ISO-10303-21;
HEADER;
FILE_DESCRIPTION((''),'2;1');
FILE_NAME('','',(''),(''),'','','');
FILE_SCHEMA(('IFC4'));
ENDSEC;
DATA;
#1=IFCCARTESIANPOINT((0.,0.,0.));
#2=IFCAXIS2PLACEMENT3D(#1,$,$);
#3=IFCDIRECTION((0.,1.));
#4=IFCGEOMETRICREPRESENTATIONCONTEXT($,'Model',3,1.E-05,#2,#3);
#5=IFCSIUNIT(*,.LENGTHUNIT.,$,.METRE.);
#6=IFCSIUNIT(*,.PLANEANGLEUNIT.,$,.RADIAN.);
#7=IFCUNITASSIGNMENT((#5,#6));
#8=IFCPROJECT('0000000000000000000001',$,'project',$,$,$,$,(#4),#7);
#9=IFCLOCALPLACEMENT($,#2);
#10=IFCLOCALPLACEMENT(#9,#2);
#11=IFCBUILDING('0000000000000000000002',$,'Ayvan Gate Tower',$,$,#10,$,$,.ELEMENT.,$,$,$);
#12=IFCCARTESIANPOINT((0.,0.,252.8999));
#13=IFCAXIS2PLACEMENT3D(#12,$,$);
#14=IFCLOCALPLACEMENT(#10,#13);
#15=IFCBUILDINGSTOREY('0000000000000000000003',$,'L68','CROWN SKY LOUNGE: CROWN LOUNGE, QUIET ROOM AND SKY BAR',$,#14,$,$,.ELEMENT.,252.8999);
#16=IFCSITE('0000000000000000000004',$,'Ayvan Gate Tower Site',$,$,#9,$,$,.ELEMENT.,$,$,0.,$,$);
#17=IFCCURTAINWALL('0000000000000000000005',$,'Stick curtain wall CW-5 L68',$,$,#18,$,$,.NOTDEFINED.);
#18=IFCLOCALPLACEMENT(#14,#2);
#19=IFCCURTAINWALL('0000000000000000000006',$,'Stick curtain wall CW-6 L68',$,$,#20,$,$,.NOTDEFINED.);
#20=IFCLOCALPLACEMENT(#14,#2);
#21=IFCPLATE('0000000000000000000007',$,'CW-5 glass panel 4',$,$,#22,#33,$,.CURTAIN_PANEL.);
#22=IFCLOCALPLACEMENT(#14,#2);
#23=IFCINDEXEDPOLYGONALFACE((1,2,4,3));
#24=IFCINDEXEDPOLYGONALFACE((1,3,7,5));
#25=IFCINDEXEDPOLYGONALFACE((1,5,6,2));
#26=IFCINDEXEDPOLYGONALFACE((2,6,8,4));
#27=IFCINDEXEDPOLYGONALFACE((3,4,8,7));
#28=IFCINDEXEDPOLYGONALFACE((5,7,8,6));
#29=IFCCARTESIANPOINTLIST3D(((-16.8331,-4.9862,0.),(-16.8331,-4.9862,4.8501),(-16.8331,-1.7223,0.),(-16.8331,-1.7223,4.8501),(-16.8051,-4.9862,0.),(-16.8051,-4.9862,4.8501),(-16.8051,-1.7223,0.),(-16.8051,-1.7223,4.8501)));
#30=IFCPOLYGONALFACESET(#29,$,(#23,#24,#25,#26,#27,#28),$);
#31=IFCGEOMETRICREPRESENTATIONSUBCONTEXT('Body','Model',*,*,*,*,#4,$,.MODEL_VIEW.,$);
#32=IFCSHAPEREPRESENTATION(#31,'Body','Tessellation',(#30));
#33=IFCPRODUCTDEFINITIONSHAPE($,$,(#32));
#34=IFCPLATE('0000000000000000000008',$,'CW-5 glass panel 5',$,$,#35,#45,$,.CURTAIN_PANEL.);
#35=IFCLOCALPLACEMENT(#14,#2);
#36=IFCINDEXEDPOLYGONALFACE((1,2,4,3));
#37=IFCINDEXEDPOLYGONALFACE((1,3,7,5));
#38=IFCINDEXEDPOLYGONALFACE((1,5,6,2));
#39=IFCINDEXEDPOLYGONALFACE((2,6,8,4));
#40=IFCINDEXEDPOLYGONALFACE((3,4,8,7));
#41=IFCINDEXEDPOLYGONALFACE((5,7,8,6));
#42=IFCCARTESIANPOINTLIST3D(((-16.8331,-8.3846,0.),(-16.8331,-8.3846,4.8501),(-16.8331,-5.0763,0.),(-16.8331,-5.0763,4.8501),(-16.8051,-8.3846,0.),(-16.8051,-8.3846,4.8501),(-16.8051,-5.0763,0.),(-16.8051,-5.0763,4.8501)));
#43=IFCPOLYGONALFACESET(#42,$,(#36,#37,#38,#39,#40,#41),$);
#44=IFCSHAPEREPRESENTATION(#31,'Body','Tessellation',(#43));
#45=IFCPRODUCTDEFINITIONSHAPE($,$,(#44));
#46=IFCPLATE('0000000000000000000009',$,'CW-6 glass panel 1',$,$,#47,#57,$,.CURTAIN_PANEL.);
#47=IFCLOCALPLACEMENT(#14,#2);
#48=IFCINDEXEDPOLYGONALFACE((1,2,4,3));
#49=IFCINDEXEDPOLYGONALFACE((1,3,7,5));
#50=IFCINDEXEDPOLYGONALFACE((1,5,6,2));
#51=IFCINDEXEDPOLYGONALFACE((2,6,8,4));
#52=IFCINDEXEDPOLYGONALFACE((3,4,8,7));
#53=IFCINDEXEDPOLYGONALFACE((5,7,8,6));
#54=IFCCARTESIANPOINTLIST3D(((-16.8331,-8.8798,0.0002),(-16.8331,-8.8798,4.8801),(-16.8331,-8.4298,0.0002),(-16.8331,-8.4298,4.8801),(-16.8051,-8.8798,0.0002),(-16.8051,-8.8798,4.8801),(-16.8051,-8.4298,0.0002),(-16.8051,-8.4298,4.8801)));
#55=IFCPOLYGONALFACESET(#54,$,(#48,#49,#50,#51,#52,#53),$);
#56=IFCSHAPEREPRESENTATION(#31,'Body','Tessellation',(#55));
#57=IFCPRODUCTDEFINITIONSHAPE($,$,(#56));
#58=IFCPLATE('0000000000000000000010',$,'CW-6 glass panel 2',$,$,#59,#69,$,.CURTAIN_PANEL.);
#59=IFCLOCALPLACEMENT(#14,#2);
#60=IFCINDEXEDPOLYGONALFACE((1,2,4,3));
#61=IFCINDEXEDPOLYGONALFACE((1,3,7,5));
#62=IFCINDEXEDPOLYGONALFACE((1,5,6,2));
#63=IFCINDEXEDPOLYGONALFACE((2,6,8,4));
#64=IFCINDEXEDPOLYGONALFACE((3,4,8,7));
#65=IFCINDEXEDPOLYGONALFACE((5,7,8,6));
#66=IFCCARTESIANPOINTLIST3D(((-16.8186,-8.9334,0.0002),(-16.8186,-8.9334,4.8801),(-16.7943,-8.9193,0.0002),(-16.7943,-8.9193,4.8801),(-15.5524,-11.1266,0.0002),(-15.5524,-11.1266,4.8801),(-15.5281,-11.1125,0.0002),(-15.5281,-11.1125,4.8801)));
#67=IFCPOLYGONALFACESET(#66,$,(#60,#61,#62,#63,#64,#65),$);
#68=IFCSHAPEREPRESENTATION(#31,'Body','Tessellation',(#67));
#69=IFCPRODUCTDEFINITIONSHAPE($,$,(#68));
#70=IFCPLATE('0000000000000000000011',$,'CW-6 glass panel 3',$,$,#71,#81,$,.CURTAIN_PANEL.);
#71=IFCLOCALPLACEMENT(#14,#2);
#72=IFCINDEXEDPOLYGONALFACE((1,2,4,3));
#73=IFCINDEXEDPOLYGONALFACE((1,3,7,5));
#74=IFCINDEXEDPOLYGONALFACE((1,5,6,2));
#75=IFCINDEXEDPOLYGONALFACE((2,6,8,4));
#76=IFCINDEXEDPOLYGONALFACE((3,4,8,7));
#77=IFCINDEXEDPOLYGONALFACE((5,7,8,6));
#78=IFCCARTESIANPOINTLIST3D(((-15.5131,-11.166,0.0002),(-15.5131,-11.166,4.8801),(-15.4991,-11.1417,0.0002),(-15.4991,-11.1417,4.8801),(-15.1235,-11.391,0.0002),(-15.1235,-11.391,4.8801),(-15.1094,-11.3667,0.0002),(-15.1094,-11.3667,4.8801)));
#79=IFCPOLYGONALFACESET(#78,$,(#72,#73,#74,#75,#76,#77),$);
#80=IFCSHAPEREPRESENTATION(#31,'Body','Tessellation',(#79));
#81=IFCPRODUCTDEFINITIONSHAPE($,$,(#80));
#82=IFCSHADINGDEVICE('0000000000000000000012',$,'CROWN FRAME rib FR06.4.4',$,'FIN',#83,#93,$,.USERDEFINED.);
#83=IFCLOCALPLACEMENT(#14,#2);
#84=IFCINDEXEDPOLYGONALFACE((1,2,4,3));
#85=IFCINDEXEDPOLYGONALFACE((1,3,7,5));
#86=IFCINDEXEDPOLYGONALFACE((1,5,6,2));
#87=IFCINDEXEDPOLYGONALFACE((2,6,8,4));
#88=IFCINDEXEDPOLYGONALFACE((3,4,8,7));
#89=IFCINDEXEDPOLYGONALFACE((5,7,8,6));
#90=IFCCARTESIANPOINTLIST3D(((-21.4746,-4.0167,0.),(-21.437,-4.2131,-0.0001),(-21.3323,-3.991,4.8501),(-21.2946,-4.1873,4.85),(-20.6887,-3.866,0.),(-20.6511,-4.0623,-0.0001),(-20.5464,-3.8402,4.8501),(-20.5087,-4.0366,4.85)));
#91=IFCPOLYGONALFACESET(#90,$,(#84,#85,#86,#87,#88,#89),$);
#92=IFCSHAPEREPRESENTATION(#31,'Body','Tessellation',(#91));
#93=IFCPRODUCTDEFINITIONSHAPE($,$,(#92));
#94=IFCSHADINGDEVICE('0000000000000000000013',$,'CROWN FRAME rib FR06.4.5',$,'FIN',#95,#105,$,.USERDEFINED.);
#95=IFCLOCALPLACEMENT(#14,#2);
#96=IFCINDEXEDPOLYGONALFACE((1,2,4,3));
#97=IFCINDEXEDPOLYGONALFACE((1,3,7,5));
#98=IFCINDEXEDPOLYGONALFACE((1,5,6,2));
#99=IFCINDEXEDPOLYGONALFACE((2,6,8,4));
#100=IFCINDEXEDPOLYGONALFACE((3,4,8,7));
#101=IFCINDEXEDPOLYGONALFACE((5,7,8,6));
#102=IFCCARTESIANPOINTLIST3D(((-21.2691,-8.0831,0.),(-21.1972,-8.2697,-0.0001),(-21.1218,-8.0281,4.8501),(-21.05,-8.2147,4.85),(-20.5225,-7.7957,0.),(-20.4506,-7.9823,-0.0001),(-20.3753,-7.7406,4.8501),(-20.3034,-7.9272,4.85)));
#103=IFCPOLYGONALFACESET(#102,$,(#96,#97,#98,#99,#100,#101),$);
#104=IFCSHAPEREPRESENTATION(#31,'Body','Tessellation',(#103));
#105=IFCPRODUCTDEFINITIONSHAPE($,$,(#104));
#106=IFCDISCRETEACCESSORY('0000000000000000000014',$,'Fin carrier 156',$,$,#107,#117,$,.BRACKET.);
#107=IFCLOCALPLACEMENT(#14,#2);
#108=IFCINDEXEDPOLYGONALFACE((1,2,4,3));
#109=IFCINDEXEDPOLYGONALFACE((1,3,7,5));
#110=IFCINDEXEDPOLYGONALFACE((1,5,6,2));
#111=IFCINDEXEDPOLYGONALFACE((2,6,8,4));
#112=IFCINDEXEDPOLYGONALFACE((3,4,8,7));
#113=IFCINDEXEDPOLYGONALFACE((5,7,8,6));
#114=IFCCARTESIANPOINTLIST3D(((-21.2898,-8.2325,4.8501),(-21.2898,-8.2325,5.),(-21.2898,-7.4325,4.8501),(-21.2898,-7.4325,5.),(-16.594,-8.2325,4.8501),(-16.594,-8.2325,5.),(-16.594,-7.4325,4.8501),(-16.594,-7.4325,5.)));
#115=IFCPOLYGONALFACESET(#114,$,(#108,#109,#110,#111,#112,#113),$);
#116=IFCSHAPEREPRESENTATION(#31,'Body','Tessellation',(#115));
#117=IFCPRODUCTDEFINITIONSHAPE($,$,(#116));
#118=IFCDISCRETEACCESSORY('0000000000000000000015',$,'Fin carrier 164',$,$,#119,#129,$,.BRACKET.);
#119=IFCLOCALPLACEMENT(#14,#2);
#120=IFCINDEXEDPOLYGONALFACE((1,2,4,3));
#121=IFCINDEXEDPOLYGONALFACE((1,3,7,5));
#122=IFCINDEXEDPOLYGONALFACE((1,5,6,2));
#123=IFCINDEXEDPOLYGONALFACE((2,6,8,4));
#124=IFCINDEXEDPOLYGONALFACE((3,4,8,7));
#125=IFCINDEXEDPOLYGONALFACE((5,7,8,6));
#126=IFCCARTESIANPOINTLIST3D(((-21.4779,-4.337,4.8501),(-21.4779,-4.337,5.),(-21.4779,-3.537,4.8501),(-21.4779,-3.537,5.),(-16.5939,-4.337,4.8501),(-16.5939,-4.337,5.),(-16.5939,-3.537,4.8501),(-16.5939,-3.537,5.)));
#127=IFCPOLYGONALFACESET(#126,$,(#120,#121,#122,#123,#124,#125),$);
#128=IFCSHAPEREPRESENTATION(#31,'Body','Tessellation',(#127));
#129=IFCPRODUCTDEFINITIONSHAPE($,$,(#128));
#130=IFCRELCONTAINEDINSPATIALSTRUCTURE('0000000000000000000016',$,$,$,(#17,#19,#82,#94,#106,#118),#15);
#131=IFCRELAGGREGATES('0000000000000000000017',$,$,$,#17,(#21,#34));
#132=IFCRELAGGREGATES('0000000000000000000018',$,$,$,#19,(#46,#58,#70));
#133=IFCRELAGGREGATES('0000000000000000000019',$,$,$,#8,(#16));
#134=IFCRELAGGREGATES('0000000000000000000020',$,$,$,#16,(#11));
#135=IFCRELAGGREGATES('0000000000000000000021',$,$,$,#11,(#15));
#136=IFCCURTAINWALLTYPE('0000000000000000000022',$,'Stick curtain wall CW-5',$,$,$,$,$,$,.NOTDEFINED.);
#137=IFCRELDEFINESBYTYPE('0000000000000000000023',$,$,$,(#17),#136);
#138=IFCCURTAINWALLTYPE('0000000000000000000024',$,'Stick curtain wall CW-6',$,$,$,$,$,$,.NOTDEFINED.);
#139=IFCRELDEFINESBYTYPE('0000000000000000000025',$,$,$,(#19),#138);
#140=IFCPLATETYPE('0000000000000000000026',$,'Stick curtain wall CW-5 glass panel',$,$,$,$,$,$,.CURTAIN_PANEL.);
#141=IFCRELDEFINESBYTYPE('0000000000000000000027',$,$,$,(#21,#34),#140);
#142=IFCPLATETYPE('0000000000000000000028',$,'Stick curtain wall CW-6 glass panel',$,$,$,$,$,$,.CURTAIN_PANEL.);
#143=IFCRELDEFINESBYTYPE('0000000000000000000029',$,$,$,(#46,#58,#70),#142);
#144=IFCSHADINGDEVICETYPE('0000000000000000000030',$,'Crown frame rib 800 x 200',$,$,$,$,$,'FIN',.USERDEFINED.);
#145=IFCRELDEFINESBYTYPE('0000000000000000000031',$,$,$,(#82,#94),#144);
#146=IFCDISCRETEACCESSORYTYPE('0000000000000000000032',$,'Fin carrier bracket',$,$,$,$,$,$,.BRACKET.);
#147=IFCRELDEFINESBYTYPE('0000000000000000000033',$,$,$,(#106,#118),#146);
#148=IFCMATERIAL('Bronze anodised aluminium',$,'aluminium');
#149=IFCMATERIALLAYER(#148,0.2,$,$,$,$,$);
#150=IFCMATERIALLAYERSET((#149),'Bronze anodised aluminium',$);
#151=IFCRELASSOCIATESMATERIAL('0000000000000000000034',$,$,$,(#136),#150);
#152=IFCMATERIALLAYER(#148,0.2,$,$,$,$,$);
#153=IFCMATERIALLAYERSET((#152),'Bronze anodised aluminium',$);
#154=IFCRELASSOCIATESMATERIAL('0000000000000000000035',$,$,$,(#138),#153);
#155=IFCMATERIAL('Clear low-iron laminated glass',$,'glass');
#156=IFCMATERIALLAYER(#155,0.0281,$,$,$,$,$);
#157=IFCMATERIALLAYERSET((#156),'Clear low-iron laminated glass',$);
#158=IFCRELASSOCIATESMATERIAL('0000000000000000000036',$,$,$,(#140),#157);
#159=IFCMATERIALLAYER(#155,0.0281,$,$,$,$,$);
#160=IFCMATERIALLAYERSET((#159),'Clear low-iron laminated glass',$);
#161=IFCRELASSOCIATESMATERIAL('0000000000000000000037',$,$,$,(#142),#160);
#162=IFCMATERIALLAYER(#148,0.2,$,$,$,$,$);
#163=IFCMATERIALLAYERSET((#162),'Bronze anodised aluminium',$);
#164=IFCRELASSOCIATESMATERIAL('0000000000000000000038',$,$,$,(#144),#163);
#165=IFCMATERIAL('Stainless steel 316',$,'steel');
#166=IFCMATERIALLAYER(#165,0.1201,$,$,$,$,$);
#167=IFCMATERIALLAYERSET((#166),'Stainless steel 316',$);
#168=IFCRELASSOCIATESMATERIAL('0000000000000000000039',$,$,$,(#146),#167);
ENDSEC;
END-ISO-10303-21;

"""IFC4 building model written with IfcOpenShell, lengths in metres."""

from ifc_helpers import new_model, si_unit, direction, frame, origin, origin_2d, place, context, subcontext, project, spatial, polyline, rectangle, outline, extrude, material, layer, layer_set, type_object, element, aggregate, save


model = new_model("IFC4")

# Units and contexts
model_context = context("Model", 3, precision=1e-05, world=origin(), true_north=direction((0.0, 1.0)))
body_context = subcontext(model_context, "Body", "Model", "MODEL_VIEW")
ifc_project = project(units=[si_unit("LENGTHUNIT", "METRE"), si_unit("PLANEANGLEUNIT", "RADIAN")], contexts=[model_context])

# Site, building, storey
site_placement = place(None, origin())
site = spatial("IfcSite", under=ifc_project, at=site_placement, Name="Ayvan Gate Tower Site", CompositionType="ELEMENT", RefElevation=0.0)
building_placement = place(site_placement, origin())
building = spatial("IfcBuilding", under=site, at=building_placement, Name="Ayvan Gate Tower", CompositionType="ELEMENT")
storey_placement = place(building_placement, frame((0.0, 0.0, 252.8999)))
storey = spatial("IfcBuildingStorey", under=building, at=storey_placement, Name="L68", Description="CROWN SKY LOUNGE: CROWN LOUNGE, QUIET ROOM AND SKY BAR", CompositionType="ELEMENT", Elevation=252.8999)

# Curtain walls
ifc_material_1 = material(Name="Bronze anodised aluminium", Category="aluminium")
ifc_layer_1 = layer(ifc_material_1, 0.2)
ifc_layer_set_1 = layer_set([ifc_layer_1], Name="Bronze anodised aluminium")
curtain_wall_type_1 = type_object("IfcCurtainWallType", Name="Stick curtain wall CW-5", PredefinedType="NOTDEFINED", material=ifc_layer_set_1)
curtain_wall_1_placement = place(storey_placement, origin())
curtain_wall_1 = element("IfcCurtainWall", 1, at=curtain_wall_1_placement, inside=storey, type_object=curtain_wall_type_1, Name="Stick curtain wall CW-5 L68", PredefinedType="NOTDEFINED")
ifc_layer_2 = layer(ifc_material_1, 0.2)
ifc_layer_set_2 = layer_set([ifc_layer_2], Name="Bronze anodised aluminium")
curtain_wall_type_2 = type_object("IfcCurtainWallType", Name="Stick curtain wall CW-6", PredefinedType="NOTDEFINED", material=ifc_layer_set_2)
curtain_wall_2_placement = place(storey_placement, origin())
curtain_wall_2 = element("IfcCurtainWall", 2, at=curtain_wall_2_placement, inside=storey, type_object=curtain_wall_type_2, Name="Stick curtain wall CW-6 L68", PredefinedType="NOTDEFINED")

# Plates
ifc_material_2 = material(Name="Clear low-iron laminated glass", Category="glass")
ifc_layer_3 = layer(ifc_material_2, 0.0281)
ifc_layer_set_3 = layer_set([ifc_layer_3], Name="Clear low-iron laminated glass")
plate_type_1 = type_object("IfcPlateType", Name="Stick curtain wall CW-5 glass panel", PredefinedType="CURTAIN_PANEL", material=ifc_layer_set_3)
plate_1_placement = place(storey_placement, frame((-16.8191, -3.3542, 0.0), z_axis=(0.0, 0.0, 1.0), x_axis=(0.0, -1.0, 0.0)))
plate_1 = element("IfcPlate", 3, at=plate_1_placement, type_object=plate_type_1, Name="CW-5 glass panel 4", PredefinedType="CURTAIN_PANEL", context=body_context, shape_type="SweptSolid", body=[
    extrude(rectangle(XDim=3.2639, YDim=0.0281, at=origin_2d()), origin(), (0.0, 0.0, 1.0), 4.8501),
])
plate_2_placement = place(storey_placement, frame((-16.8191, -6.7305, 0.0), z_axis=(0.0, 0.0, 1.0), x_axis=(0.0, -1.0, 0.0)))
plate_2 = element("IfcPlate", 4, at=plate_2_placement, type_object=plate_type_1, Name="CW-5 glass panel 5", PredefinedType="CURTAIN_PANEL", context=body_context, shape_type="SweptSolid", body=[
    extrude(rectangle(XDim=3.3083, YDim=0.0281, at=origin_2d()), origin(), (0.0, 0.0, 1.0), 4.8501),
])
aggregate(curtain_wall_1, [plate_1, plate_2])
ifc_layer_4 = layer(ifc_material_2, 0.0281)
ifc_layer_set_4 = layer_set([ifc_layer_4], Name="Clear low-iron laminated glass")
plate_type_2 = type_object("IfcPlateType", Name="Stick curtain wall CW-6 glass panel", PredefinedType="CURTAIN_PANEL", material=ifc_layer_set_4)
plate_3_placement = place(storey_placement, frame((-16.8191, -8.6548, 0.0002), z_axis=(0.0, 0.0, 1.0), x_axis=(0.0, -1.0, 0.0)))
plate_3 = element("IfcPlate", 5, at=plate_3_placement, type_object=plate_type_2, Name="CW-6 glass panel 1", PredefinedType="CURTAIN_PANEL", context=body_context, shape_type="SweptSolid", body=[
    extrude(rectangle(XDim=0.45, YDim=0.0281, at=origin_2d()), origin(), (0.0, 0.0, 1.0), 4.8799),
])
plate_4_placement = place(storey_placement, frame((-16.1733, -10.0229, 0.0002), z_axis=(0.0, 0.0, 1.0), x_axis=(0.5, -0.866025, 0.0)))
plate_4 = element("IfcPlate", 6, at=plate_4_placement, type_object=plate_type_2, Name="CW-6 glass panel 2", PredefinedType="CURTAIN_PANEL", context=body_context, shape_type="SweptSolid", body=[
    extrude(rectangle(XDim=2.5325, YDim=0.0281, at=origin_2d()), origin(), (0.0, 0.0, 1.0), 4.8799),
])
plate_5_placement = place(storey_placement, frame((-15.3113, -11.2664, 0.0002), z_axis=(0.0, 0.0, 1.0), x_axis=(0.866025, -0.5, 0.0)))
plate_5 = element("IfcPlate", 7, at=plate_5_placement, type_object=plate_type_2, Name="CW-6 glass panel 3", PredefinedType="CURTAIN_PANEL", context=body_context, shape_type="SweptSolid", body=[
    extrude(rectangle(XDim=0.45, YDim=0.0281, at=origin_2d()), origin(), (0.0, 0.0, 1.0), 4.8799),
])
aggregate(curtain_wall_2, [plate_3, plate_4, plate_5])

# Shading devices
ifc_layer_5 = layer(ifc_material_1, 0.2)
ifc_layer_set_5 = layer_set([ifc_layer_5], Name="Bronze anodised aluminium")
shading_device_type = type_object("IfcShadingDeviceType", Name="Crown frame rib 800 x 200", ElementType="FIN", PredefinedType="USERDEFINED", material=ifc_layer_set_5)
shading_device_1_placement = place(storey_placement, frame((-20.6887, -3.866, 0.0), z_axis=(-0.188395, 0.982093, 0.000313), x_axis=(-0.982093, -0.188395, 0.0)))
element("IfcShadingDevice", 8, at=shading_device_1_placement, inside=storey, type_object=shading_device_type, Name="CROWN FRAME rib FR06.4.4", ObjectType="FIN", PredefinedType="USERDEFINED", context=body_context, shape_type="SweptSolid", body=[
    extrude(outline(polyline([(0.0, 0.0), (0.8002, 0.0), (0.6556, 4.8501), (-0.1446, 4.8501), (0.0, 0.0)])), origin(), (0.0, 0.0, -1.0), 0.2),
])
shading_device_2_placement = place(storey_placement, frame((-20.5225, -7.7957, 0.0), z_axis=(-0.359337, 0.933208, 0.000314), x_axis=(-0.933208, -0.359337, 0.0)))
element("IfcShadingDevice", 9, at=shading_device_2_placement, inside=storey, type_object=shading_device_type, Name="CROWN FRAME rib FR06.4.5", ObjectType="FIN", PredefinedType="USERDEFINED", context=body_context, shape_type="SweptSolid", body=[
    extrude(outline(polyline([(0.0, 0.0), (0.8001, 0.0), (0.6429, 4.8501), (-0.1571, 4.8501), (0.0, 0.0)])), origin(), (0.0, 0.0, -1.0), 0.2),
])

# Discrete accessories
ifc_material_3 = material(Name="Stainless steel 316", Category="steel")
ifc_layer_6 = layer(ifc_material_3, 0.1201)
ifc_layer_set_6 = layer_set([ifc_layer_6], Name="Stainless steel 316")
discrete_accessory_type = type_object("IfcDiscreteAccessoryType", Name="Fin carrier bracket", PredefinedType="BRACKET", material=ifc_layer_set_6)
discrete_accessory_1_placement = place(storey_placement, frame((-18.9419, -7.8325, 4.8501), z_axis=(0.0, 0.0, 1.0), x_axis=(0.0, -1.0, 0.0)))
element("IfcDiscreteAccessory", 10, at=discrete_accessory_1_placement, inside=storey, type_object=discrete_accessory_type, Name="Fin carrier 156", PredefinedType="BRACKET", context=body_context, shape_type="SweptSolid", body=[
    extrude(rectangle(XDim=0.8, YDim=4.6958, at=origin_2d()), origin(), (0.0, 0.0, 1.0), 0.1499),
])
discrete_accessory_2_placement = place(storey_placement, frame((-19.0359, -3.937, 4.8501), z_axis=(0.0, 0.0, 1.0), x_axis=(0.0, -1.0, 0.0)))
element("IfcDiscreteAccessory", 11, at=discrete_accessory_2_placement, inside=storey, type_object=discrete_accessory_type, Name="Fin carrier 164", PredefinedType="BRACKET", context=body_context, shape_type="SweptSolid", body=[
    extrude(rectangle(XDim=0.8, YDim=4.884, at=origin_2d()), origin(), (0.0, 0.0, 1.0), 0.1499),
])

save(model, "model.ifc")
